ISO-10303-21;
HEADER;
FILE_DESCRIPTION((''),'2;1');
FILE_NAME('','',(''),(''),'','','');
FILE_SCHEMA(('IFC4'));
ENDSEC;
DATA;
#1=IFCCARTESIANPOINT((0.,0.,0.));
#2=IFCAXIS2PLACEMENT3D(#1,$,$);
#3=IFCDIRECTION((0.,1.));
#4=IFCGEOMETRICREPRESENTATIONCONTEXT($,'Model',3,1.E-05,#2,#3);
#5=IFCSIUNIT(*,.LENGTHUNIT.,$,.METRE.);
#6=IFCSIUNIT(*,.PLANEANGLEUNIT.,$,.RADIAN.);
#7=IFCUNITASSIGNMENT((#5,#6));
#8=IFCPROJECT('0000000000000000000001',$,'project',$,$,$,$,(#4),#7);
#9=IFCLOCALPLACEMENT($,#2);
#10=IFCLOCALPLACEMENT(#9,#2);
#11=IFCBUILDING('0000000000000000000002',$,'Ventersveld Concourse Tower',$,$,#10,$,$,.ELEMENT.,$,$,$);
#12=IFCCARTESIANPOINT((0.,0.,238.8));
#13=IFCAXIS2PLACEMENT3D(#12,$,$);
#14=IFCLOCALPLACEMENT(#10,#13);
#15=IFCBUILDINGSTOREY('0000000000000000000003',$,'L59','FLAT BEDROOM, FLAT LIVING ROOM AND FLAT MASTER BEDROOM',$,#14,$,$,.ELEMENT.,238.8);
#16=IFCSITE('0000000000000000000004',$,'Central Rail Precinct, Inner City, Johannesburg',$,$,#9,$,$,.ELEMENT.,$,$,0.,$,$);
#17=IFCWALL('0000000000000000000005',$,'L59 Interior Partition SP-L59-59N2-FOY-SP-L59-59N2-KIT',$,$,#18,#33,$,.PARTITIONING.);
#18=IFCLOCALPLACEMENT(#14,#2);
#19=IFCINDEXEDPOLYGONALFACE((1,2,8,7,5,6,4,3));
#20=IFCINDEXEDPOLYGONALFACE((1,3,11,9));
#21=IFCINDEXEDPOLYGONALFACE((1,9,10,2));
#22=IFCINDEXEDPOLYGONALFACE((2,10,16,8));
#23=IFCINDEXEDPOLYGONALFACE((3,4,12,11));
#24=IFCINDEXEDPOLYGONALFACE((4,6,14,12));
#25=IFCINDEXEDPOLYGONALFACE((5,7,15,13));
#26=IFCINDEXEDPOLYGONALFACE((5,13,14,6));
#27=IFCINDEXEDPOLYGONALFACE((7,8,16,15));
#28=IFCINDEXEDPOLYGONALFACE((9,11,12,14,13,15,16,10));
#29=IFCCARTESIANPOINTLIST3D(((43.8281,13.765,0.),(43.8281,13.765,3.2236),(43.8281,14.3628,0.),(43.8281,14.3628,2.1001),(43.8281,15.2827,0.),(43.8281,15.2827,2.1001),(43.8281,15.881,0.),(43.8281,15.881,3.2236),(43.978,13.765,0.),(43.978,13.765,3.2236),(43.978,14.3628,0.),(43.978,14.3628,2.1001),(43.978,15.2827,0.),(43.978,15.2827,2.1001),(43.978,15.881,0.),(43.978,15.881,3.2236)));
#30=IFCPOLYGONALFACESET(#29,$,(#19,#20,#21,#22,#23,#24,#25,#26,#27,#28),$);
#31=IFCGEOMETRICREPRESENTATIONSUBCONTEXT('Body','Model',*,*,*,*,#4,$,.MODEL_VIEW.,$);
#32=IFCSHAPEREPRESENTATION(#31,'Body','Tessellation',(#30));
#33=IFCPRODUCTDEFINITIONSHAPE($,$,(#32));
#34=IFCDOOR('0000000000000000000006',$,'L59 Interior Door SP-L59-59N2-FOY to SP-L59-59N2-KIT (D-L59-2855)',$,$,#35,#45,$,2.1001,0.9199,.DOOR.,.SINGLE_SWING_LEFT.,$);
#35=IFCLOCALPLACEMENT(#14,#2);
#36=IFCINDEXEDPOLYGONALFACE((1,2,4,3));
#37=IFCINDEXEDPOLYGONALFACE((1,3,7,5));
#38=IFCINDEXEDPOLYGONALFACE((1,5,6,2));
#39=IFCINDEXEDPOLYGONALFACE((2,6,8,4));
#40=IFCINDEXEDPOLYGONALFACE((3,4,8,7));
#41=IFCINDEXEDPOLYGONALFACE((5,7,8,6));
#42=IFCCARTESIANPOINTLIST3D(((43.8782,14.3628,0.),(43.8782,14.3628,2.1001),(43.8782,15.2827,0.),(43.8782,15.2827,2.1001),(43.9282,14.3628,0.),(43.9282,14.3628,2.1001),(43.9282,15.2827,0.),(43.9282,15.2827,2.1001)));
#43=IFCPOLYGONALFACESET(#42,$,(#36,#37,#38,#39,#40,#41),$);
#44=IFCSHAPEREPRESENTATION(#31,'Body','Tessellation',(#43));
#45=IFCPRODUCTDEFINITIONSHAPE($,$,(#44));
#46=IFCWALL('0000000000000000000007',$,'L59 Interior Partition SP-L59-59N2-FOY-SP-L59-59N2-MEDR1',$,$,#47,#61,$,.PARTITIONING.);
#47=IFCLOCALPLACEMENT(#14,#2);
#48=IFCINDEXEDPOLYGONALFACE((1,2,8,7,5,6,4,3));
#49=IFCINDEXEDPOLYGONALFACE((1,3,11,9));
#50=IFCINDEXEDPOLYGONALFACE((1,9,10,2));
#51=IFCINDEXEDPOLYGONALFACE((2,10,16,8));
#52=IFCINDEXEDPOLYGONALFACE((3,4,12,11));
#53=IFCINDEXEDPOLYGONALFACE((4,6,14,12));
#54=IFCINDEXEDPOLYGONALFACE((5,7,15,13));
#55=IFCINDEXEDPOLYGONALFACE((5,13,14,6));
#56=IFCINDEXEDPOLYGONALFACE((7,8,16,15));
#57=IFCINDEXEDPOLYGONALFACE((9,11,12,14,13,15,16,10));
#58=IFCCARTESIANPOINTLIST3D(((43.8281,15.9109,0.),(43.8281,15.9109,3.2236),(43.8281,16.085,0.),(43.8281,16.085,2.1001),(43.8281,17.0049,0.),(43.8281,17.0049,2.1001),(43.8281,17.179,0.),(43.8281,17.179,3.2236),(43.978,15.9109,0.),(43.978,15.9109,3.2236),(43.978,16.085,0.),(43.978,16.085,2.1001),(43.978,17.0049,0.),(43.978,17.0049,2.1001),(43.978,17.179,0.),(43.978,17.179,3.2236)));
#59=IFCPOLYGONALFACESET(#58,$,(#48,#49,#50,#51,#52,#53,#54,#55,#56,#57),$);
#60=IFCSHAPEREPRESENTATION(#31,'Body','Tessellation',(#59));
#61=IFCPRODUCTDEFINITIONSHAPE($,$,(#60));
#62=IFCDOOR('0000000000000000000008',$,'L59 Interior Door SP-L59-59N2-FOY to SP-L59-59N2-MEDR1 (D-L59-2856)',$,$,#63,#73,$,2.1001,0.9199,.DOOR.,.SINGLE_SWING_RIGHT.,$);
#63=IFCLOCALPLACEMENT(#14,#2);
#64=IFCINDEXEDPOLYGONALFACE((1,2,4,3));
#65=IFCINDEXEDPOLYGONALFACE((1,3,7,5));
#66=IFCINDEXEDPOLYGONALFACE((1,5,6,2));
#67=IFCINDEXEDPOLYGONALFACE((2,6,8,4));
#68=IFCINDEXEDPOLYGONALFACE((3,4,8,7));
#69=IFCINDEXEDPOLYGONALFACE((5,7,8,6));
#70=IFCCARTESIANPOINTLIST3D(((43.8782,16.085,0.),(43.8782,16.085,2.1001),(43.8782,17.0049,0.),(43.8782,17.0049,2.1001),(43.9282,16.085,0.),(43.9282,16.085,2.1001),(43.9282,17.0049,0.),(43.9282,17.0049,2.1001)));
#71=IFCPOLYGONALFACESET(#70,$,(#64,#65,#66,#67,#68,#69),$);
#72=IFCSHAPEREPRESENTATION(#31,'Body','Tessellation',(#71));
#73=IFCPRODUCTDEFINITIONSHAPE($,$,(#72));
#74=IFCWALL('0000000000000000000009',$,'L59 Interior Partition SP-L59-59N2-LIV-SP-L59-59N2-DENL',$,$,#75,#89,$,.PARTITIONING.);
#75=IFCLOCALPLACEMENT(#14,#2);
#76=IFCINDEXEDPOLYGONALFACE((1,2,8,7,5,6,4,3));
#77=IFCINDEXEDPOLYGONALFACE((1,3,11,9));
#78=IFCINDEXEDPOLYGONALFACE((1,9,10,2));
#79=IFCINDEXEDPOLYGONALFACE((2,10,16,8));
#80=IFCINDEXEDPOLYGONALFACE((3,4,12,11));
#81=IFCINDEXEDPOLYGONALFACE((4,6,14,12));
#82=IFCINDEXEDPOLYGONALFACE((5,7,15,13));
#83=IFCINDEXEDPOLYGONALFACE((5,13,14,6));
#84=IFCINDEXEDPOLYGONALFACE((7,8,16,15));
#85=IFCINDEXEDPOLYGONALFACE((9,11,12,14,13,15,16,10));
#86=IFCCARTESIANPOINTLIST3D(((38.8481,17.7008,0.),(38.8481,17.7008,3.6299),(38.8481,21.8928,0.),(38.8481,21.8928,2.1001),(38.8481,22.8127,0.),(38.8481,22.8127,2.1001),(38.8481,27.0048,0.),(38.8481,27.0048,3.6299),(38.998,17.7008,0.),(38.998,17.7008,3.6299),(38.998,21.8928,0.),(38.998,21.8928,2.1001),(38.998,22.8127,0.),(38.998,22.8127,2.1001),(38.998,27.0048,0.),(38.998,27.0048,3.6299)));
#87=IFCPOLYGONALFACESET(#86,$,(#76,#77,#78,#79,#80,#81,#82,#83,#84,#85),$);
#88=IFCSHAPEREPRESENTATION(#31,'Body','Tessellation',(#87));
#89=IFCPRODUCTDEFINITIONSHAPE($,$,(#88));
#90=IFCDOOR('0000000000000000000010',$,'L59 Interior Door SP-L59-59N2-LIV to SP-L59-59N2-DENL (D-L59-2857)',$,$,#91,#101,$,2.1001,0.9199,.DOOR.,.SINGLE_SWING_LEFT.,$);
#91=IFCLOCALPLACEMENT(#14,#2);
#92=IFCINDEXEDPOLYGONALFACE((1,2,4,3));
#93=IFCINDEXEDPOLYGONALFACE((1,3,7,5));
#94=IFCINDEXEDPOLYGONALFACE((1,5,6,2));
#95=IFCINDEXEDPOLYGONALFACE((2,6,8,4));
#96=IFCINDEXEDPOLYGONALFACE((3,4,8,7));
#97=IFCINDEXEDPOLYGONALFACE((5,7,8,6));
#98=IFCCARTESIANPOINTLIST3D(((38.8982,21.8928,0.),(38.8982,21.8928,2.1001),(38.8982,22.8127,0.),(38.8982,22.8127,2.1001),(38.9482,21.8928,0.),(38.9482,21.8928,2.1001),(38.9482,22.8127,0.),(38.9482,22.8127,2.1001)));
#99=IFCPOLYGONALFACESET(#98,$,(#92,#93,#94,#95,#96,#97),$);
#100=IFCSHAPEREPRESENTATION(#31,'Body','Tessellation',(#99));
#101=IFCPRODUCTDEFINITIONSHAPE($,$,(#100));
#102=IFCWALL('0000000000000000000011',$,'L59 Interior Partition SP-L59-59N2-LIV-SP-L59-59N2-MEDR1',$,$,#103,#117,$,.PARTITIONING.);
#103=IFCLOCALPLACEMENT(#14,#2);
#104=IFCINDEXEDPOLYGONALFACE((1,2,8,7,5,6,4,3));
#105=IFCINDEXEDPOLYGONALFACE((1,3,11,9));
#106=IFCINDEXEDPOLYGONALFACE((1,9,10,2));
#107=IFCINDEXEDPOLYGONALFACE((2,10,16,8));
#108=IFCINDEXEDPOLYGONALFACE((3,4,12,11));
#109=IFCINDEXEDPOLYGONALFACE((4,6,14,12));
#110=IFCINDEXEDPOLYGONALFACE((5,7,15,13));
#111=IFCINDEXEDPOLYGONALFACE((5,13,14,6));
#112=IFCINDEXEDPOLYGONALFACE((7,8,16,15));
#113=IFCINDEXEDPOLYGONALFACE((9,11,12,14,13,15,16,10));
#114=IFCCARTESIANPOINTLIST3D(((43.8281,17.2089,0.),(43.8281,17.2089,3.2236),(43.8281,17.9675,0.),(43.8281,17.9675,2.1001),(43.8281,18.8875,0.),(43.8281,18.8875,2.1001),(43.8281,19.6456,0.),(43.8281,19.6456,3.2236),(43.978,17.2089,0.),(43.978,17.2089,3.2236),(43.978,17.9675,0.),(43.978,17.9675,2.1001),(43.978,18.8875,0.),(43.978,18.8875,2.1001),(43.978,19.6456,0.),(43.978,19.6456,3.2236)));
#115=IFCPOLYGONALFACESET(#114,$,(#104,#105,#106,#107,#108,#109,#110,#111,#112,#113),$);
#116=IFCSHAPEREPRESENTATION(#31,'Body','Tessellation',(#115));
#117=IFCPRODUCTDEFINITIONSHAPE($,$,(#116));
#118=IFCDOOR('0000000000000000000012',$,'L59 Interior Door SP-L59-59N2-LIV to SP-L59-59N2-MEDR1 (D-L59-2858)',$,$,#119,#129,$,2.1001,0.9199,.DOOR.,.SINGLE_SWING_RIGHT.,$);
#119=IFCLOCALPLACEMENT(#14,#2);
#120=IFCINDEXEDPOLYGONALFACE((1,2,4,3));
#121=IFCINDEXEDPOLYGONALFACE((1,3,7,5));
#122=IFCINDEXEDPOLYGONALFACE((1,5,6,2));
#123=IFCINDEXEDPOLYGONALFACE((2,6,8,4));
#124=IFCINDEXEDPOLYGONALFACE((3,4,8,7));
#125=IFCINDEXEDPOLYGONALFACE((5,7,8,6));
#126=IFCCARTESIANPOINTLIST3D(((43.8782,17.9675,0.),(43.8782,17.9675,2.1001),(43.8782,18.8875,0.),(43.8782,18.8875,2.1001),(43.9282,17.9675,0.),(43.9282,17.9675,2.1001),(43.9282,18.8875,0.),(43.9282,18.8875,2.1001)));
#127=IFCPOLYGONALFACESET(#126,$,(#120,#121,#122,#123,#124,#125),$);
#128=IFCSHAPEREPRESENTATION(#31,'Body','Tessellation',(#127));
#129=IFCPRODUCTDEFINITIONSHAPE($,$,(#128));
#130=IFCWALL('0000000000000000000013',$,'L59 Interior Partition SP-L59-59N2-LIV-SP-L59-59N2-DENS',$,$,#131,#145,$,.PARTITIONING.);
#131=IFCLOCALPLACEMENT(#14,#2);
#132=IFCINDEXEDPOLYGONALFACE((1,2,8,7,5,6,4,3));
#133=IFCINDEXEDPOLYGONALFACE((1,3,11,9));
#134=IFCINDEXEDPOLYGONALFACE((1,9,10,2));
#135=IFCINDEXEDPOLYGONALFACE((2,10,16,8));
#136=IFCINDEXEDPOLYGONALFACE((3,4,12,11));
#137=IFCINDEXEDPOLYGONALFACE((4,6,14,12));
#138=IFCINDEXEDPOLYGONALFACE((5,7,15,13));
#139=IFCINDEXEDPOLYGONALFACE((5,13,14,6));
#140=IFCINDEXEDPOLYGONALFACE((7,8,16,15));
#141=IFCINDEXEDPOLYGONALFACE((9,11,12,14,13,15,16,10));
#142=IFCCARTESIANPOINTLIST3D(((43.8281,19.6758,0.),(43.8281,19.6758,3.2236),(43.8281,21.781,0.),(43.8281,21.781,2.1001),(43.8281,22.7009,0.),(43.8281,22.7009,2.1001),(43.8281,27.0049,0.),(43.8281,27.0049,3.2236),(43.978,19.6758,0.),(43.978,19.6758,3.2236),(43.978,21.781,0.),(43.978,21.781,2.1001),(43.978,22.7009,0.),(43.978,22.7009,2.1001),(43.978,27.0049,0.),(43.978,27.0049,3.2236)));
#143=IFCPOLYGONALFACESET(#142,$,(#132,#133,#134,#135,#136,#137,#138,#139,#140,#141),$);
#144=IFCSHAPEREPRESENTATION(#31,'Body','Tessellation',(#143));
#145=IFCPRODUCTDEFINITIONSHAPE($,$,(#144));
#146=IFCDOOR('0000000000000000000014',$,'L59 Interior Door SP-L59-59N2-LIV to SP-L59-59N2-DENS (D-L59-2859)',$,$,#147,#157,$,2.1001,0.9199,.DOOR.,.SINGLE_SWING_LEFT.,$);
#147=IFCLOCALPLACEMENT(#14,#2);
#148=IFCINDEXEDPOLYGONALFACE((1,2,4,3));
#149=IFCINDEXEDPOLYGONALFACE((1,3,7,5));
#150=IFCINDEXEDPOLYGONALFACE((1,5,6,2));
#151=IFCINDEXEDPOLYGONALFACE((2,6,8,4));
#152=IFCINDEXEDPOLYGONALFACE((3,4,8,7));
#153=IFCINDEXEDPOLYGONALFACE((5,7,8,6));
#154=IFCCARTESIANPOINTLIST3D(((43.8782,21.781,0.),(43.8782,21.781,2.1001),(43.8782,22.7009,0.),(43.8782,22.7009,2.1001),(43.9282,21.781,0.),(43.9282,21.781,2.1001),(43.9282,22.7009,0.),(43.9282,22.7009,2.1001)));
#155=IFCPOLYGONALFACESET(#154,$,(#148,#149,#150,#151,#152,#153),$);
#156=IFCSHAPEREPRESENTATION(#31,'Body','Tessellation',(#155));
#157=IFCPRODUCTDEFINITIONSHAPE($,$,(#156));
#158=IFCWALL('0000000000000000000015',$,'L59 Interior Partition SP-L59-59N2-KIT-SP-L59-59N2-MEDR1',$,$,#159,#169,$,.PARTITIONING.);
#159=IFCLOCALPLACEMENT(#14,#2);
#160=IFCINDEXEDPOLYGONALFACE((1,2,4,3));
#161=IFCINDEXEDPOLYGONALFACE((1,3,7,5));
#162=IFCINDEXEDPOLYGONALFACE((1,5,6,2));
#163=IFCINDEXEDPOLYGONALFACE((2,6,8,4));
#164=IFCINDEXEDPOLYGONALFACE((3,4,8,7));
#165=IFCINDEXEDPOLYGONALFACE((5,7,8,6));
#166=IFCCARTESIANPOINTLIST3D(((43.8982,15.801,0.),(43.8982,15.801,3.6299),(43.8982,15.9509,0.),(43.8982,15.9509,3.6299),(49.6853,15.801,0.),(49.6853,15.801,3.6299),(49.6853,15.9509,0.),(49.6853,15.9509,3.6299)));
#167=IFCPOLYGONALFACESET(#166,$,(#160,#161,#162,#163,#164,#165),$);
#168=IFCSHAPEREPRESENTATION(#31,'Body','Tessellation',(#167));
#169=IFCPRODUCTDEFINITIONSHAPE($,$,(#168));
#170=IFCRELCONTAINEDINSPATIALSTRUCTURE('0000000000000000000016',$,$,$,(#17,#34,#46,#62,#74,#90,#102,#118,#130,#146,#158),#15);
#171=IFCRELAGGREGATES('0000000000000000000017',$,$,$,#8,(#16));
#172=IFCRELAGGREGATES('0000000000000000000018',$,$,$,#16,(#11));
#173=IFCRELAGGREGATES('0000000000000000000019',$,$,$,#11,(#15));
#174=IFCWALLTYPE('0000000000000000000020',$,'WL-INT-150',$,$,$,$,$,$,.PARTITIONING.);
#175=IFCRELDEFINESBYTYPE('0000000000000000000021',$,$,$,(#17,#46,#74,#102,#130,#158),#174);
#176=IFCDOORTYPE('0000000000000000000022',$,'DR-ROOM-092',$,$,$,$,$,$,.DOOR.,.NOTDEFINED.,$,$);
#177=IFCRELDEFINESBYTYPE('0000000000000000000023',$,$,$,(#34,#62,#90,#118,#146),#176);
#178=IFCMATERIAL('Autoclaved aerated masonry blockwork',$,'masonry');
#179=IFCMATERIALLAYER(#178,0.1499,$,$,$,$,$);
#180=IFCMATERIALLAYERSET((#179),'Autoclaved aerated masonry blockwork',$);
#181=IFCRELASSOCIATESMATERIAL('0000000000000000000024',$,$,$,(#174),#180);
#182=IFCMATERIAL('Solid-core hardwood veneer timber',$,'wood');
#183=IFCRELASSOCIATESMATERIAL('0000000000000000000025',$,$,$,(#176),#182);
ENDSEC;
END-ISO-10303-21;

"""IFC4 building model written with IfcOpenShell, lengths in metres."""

from ifc_helpers import new_model, si_unit, direction, frame, frame_2d, origin, place, context, subcontext, project, spatial, rectangle, extrude, material, layer, layer_set, type_object, element, fill, save


model = new_model("IFC4")

# Units and contexts
model_context = context("Model", 3, precision=1e-05, world=origin(), true_north=direction((0.0, 1.0)))
body_context = subcontext(model_context, "Body", "Model", "MODEL_VIEW")
ifc_project = project(units=[si_unit("LENGTHUNIT", "METRE"), si_unit("PLANEANGLEUNIT", "RADIAN")], contexts=[model_context])

# Site, building, storey
site_placement = place(None, origin())
site = spatial("IfcSite", under=ifc_project, at=site_placement, Name="Central Rail Precinct, Inner City, Johannesburg", CompositionType="ELEMENT", RefElevation=0.0)
building_placement = place(site_placement, origin())
building = spatial("IfcBuilding", under=site, at=building_placement, Name="Ventersveld Concourse Tower", CompositionType="ELEMENT")
storey_placement = place(building_placement, frame((0.0, 0.0, 238.8)))
storey = spatial("IfcBuildingStorey", under=building, at=storey_placement, Name="L59", Description="FLAT BEDROOM, FLAT LIVING ROOM AND FLAT MASTER BEDROOM", CompositionType="ELEMENT", Elevation=238.8)

# Shared definitions
ifc_material_1 = material(Name="Solid-core hardwood veneer timber", Category="wood")

# Walls, openings, doors
ifc_material_2 = material(Name="Autoclaved aerated masonry blockwork", Category="masonry")
ifc_layer_1 = layer(ifc_material_2, 0.1499)
ifc_layer_set_1 = layer_set([ifc_layer_1], Name="Autoclaved aerated masonry blockwork")
wall_type_1 = type_object("IfcWallType", Name="WL-INT-150", PredefinedType="PARTITIONING", material=ifc_layer_set_1)
door_type_1 = type_object("IfcDoorType", Name="DR-ROOM-092", OperationType="NOTDEFINED", PredefinedType="DOOR", material=ifc_material_1)
wall_1_placement = place(storey_placement, frame((43.9031, 13.7649, 0.0), z_axis=(0.0, 0.0, 1.0), x_axis=(0.0, 1.0, 0.0)))
wall_1 = element("IfcWall", 1, at=wall_1_placement, inside=storey, type_object=wall_type_1, Name="L59 Interior Partition SP-L59-59N2-FOY-SP-L59-59N2-KIT", PredefinedType="PARTITIONING", context=body_context, shape_type="SweptSolid", body=[
    extrude(rectangle(XDim=2.116, YDim=0.1499, at=frame_2d((1.0581, 0.0))), origin(), (0.0, 0.0, 1.0), 3.2236),
])
opening_1_placement = place(wall_1_placement, frame((0.5979, 0.0, 0.0)))
opening_1 = element("IfcOpeningElement", 2, at=opening_1_placement, cuts=wall_1, PredefinedType="OPENING", context=body_context, shape_type="SweptSolid", body=[
    extrude(rectangle(XDim=0.9199, YDim=2.1001, at=frame_2d((0.46, 1.05))), frame((0.0, 0.085, 0.0), z_axis=(0.0, -1.0, 0.0), x_axis=(1.0, 0.0, 0.0)), (0.0, 0.0, 1.0), 0.1699),
])
door_1_placement = place(opening_1_placement, origin())
door_1 = element("IfcDoor", 3, at=door_1_placement, inside=storey, type_object=door_type_1, Name="L59 Interior Door SP-L59-59N2-FOY to SP-L59-59N2-KIT (D-L59-2855)", OperationType="SINGLE_SWING_LEFT", OverallHeight=2.1001, OverallWidth=0.9199, PredefinedType="DOOR", context=body_context, shape_type="SweptSolid", body=[
    extrude(rectangle(XDim=0.9199, YDim=2.1001, at=frame_2d((0.46, 1.05))), frame((0.0, 0.0249, 0.0), z_axis=(0.0, -1.0, 0.0), x_axis=(1.0, 0.0, 0.0)), (0.0, 0.0, 1.0), 0.05),
])
fill(opening_1, door_1)
wall_2_placement = place(storey_placement, frame((43.9031, 15.9109, 0.0), z_axis=(0.0, 0.0, 1.0), x_axis=(0.0, 1.0, 0.0)))
wall_2 = element("IfcWall", 4, at=wall_2_placement, inside=storey, type_object=wall_type_1, Name="L59 Interior Partition SP-L59-59N2-FOY-SP-L59-59N2-MEDR1", PredefinedType="PARTITIONING", context=body_context, shape_type="SweptSolid", body=[
    extrude(rectangle(XDim=1.2681, YDim=0.1499, at=frame_2d((0.634, 0.0))), origin(), (0.0, 0.0, 1.0), 3.2236),
])
opening_2_placement = place(wall_2_placement, frame((0.1741, 0.0, 0.0)))
opening_2 = element("IfcOpeningElement", 5, at=opening_2_placement, cuts=wall_2, PredefinedType="OPENING", context=body_context, shape_type="SweptSolid", body=[
    extrude(rectangle(XDim=0.9199, YDim=2.1001, at=frame_2d((0.46, 1.05))), frame((0.0, 0.085, 0.0), z_axis=(0.0, -1.0, 0.0), x_axis=(1.0, 0.0, 0.0)), (0.0, 0.0, 1.0), 0.1699),
])
door_2_placement = place(opening_2_placement, origin())
door_2 = element("IfcDoor", 6, at=door_2_placement, inside=storey, type_object=door_type_1, Name="L59 Interior Door SP-L59-59N2-FOY to SP-L59-59N2-MEDR1 (D-L59-2856)", OperationType="SINGLE_SWING_RIGHT", OverallHeight=2.1001, OverallWidth=0.9199, PredefinedType="DOOR", context=body_context, shape_type="SweptSolid", body=[
    extrude(rectangle(XDim=0.9199, YDim=2.1001, at=frame_2d((0.46, 1.05))), frame((0.0, 0.0249, 0.0), z_axis=(0.0, -1.0, 0.0), x_axis=(1.0, 0.0, 0.0)), (0.0, 0.0, 1.0), 0.05),
])
fill(opening_2, door_2)
wall_3_placement = place(storey_placement, frame((38.9231, 17.7009, 0.0), z_axis=(0.0, 0.0, 1.0), x_axis=(0.0, 1.0, 0.0)))
wall_3 = element("IfcWall", 7, at=wall_3_placement, inside=storey, type_object=wall_type_1, Name="L59 Interior Partition SP-L59-59N2-LIV-SP-L59-59N2-DENL", PredefinedType="PARTITIONING", context=body_context, shape_type="SweptSolid", body=[
    extrude(rectangle(XDim=9.304, YDim=0.1499, at=frame_2d((4.6519, 0.0))), origin(), (0.0, 0.0, 1.0), 3.6299),
])
opening_3_placement = place(wall_3_placement, frame((4.1919, 0.0, 0.0)))
opening_3 = element("IfcOpeningElement", 8, at=opening_3_placement, cuts=wall_3, PredefinedType="OPENING", context=body_context, shape_type="SweptSolid", body=[
    extrude(rectangle(XDim=0.9199, YDim=2.1001, at=frame_2d((0.46, 1.05))), frame((0.0, 0.085, 0.0), z_axis=(0.0, -1.0, 0.0), x_axis=(1.0, 0.0, 0.0)), (0.0, 0.0, 1.0), 0.1699),
])
door_3_placement = place(opening_3_placement, origin())
door_3 = element("IfcDoor", 9, at=door_3_placement, inside=storey, type_object=door_type_1, Name="L59 Interior Door SP-L59-59N2-LIV to SP-L59-59N2-DENL (D-L59-2857)", OperationType="SINGLE_SWING_LEFT", OverallHeight=2.1001, OverallWidth=0.9199, PredefinedType="DOOR", context=body_context, shape_type="SweptSolid", body=[
    extrude(rectangle(XDim=0.9199, YDim=2.1001, at=frame_2d((0.46, 1.05))), frame((0.0, 0.0249, 0.0), z_axis=(0.0, -1.0, 0.0), x_axis=(1.0, 0.0, 0.0)), (0.0, 0.0, 1.0), 0.05),
])
fill(opening_3, door_3)
wall_4_placement = place(storey_placement, frame((43.9031, 17.209, 0.0), z_axis=(0.0, 0.0, 1.0), x_axis=(0.0, 1.0, 0.0)))
wall_4 = element("IfcWall", 10, at=wall_4_placement, inside=storey, type_object=wall_type_1, Name="L59 Interior Partition SP-L59-59N2-LIV-SP-L59-59N2-MEDR1", PredefinedType="PARTITIONING", context=body_context, shape_type="SweptSolid", body=[
    extrude(rectangle(XDim=2.4368, YDim=0.1499, at=frame_2d((1.2183, 0.0))), origin(), (0.0, 0.0, 1.0), 3.2236),
])
opening_4_placement = place(wall_4_placement, frame((0.7585, 0.0, 0.0)))
opening_4 = element("IfcOpeningElement", 11, at=opening_4_placement, cuts=wall_4, PredefinedType="OPENING", context=body_context, shape_type="SweptSolid", body=[
    extrude(rectangle(XDim=0.9199, YDim=2.1001, at=frame_2d((0.46, 1.05))), frame((0.0, 0.085, 0.0), z_axis=(0.0, -1.0, 0.0), x_axis=(1.0, 0.0, 0.0)), (0.0, 0.0, 1.0), 0.1699),
])
door_4_placement = place(opening_4_placement, origin())
door_4 = element("IfcDoor", 12, at=door_4_placement, inside=storey, type_object=door_type_1, Name="L59 Interior Door SP-L59-59N2-LIV to SP-L59-59N2-MEDR1 (D-L59-2858)", OperationType="SINGLE_SWING_RIGHT", OverallHeight=2.1001, OverallWidth=0.9199, PredefinedType="DOOR", context=body_context, shape_type="SweptSolid", body=[
    extrude(rectangle(XDim=0.9199, YDim=2.1001, at=frame_2d((0.46, 1.05))), frame((0.0, 0.0249, 0.0), z_axis=(0.0, -1.0, 0.0), x_axis=(1.0, 0.0, 0.0)), (0.0, 0.0, 1.0), 0.05),
])
fill(opening_4, door_4)
wall_5_placement = place(storey_placement, frame((43.9031, 19.6758, 0.0), z_axis=(0.0, 0.0, 1.0), x_axis=(0.0, 1.0, 0.0)))
wall_5 = element("IfcWall", 13, at=wall_5_placement, inside=storey, type_object=wall_type_1, Name="L59 Interior Partition SP-L59-59N2-LIV-SP-L59-59N2-DENS", PredefinedType="PARTITIONING", context=body_context, shape_type="SweptSolid", body=[
    extrude(rectangle(XDim=7.3291, YDim=0.1499, at=frame_2d((3.6646, 0.0))), origin(), (0.0, 0.0, 1.0), 3.2236),
])
opening_5_placement = place(wall_5_placement, frame((2.1052, 0.0, 0.0)))
opening_5 = element("IfcOpeningElement", 14, at=opening_5_placement, cuts=wall_5, PredefinedType="OPENING", context=body_context, shape_type="SweptSolid", body=[
    extrude(rectangle(XDim=0.9199, YDim=2.1001, at=frame_2d((0.46, 1.05))), frame((0.0, 0.085, 0.0), z_axis=(0.0, -1.0, 0.0), x_axis=(1.0, 0.0, 0.0)), (0.0, 0.0, 1.0), 0.1699),
])
door_5_placement = place(opening_5_placement, origin())
door_5 = element("IfcDoor", 15, at=door_5_placement, inside=storey, type_object=door_type_1, Name="L59 Interior Door SP-L59-59N2-LIV to SP-L59-59N2-DENS (D-L59-2859)", OperationType="SINGLE_SWING_LEFT", OverallHeight=2.1001, OverallWidth=0.9199, PredefinedType="DOOR", context=body_context, shape_type="SweptSolid", body=[
    extrude(rectangle(XDim=0.9199, YDim=2.1001, at=frame_2d((0.46, 1.05))), frame((0.0, 0.0249, 0.0), z_axis=(0.0, -1.0, 0.0), x_axis=(1.0, 0.0, 0.0)), (0.0, 0.0, 1.0), 0.05),
])
fill(opening_5, door_5)

# Wall
for number, where, z_axis, x_axis, name in (
    (16, (43.8982, 15.876, 0.0), (0.0, 0.0, 1.0), (1.0, 0.0, 0.0), "L59 Interior Partition SP-L59-59N2-KIT-SP-L59-59N2-MEDR1"),
):
    element("IfcWall", number, at=place(storey_placement, frame(where, z_axis=z_axis, x_axis=x_axis)), inside=storey, type_object=wall_type_1, Name=name, PredefinedType="PARTITIONING", context=body_context, shape_type="SweptSolid", body=[
        extrude(rectangle(XDim=5.7871, YDim=0.1499, at=frame_2d((2.8936, 0.0))), origin(), (0.0, 0.0, 1.0), 3.6299),
    ])

save(model, "model.ifc")
